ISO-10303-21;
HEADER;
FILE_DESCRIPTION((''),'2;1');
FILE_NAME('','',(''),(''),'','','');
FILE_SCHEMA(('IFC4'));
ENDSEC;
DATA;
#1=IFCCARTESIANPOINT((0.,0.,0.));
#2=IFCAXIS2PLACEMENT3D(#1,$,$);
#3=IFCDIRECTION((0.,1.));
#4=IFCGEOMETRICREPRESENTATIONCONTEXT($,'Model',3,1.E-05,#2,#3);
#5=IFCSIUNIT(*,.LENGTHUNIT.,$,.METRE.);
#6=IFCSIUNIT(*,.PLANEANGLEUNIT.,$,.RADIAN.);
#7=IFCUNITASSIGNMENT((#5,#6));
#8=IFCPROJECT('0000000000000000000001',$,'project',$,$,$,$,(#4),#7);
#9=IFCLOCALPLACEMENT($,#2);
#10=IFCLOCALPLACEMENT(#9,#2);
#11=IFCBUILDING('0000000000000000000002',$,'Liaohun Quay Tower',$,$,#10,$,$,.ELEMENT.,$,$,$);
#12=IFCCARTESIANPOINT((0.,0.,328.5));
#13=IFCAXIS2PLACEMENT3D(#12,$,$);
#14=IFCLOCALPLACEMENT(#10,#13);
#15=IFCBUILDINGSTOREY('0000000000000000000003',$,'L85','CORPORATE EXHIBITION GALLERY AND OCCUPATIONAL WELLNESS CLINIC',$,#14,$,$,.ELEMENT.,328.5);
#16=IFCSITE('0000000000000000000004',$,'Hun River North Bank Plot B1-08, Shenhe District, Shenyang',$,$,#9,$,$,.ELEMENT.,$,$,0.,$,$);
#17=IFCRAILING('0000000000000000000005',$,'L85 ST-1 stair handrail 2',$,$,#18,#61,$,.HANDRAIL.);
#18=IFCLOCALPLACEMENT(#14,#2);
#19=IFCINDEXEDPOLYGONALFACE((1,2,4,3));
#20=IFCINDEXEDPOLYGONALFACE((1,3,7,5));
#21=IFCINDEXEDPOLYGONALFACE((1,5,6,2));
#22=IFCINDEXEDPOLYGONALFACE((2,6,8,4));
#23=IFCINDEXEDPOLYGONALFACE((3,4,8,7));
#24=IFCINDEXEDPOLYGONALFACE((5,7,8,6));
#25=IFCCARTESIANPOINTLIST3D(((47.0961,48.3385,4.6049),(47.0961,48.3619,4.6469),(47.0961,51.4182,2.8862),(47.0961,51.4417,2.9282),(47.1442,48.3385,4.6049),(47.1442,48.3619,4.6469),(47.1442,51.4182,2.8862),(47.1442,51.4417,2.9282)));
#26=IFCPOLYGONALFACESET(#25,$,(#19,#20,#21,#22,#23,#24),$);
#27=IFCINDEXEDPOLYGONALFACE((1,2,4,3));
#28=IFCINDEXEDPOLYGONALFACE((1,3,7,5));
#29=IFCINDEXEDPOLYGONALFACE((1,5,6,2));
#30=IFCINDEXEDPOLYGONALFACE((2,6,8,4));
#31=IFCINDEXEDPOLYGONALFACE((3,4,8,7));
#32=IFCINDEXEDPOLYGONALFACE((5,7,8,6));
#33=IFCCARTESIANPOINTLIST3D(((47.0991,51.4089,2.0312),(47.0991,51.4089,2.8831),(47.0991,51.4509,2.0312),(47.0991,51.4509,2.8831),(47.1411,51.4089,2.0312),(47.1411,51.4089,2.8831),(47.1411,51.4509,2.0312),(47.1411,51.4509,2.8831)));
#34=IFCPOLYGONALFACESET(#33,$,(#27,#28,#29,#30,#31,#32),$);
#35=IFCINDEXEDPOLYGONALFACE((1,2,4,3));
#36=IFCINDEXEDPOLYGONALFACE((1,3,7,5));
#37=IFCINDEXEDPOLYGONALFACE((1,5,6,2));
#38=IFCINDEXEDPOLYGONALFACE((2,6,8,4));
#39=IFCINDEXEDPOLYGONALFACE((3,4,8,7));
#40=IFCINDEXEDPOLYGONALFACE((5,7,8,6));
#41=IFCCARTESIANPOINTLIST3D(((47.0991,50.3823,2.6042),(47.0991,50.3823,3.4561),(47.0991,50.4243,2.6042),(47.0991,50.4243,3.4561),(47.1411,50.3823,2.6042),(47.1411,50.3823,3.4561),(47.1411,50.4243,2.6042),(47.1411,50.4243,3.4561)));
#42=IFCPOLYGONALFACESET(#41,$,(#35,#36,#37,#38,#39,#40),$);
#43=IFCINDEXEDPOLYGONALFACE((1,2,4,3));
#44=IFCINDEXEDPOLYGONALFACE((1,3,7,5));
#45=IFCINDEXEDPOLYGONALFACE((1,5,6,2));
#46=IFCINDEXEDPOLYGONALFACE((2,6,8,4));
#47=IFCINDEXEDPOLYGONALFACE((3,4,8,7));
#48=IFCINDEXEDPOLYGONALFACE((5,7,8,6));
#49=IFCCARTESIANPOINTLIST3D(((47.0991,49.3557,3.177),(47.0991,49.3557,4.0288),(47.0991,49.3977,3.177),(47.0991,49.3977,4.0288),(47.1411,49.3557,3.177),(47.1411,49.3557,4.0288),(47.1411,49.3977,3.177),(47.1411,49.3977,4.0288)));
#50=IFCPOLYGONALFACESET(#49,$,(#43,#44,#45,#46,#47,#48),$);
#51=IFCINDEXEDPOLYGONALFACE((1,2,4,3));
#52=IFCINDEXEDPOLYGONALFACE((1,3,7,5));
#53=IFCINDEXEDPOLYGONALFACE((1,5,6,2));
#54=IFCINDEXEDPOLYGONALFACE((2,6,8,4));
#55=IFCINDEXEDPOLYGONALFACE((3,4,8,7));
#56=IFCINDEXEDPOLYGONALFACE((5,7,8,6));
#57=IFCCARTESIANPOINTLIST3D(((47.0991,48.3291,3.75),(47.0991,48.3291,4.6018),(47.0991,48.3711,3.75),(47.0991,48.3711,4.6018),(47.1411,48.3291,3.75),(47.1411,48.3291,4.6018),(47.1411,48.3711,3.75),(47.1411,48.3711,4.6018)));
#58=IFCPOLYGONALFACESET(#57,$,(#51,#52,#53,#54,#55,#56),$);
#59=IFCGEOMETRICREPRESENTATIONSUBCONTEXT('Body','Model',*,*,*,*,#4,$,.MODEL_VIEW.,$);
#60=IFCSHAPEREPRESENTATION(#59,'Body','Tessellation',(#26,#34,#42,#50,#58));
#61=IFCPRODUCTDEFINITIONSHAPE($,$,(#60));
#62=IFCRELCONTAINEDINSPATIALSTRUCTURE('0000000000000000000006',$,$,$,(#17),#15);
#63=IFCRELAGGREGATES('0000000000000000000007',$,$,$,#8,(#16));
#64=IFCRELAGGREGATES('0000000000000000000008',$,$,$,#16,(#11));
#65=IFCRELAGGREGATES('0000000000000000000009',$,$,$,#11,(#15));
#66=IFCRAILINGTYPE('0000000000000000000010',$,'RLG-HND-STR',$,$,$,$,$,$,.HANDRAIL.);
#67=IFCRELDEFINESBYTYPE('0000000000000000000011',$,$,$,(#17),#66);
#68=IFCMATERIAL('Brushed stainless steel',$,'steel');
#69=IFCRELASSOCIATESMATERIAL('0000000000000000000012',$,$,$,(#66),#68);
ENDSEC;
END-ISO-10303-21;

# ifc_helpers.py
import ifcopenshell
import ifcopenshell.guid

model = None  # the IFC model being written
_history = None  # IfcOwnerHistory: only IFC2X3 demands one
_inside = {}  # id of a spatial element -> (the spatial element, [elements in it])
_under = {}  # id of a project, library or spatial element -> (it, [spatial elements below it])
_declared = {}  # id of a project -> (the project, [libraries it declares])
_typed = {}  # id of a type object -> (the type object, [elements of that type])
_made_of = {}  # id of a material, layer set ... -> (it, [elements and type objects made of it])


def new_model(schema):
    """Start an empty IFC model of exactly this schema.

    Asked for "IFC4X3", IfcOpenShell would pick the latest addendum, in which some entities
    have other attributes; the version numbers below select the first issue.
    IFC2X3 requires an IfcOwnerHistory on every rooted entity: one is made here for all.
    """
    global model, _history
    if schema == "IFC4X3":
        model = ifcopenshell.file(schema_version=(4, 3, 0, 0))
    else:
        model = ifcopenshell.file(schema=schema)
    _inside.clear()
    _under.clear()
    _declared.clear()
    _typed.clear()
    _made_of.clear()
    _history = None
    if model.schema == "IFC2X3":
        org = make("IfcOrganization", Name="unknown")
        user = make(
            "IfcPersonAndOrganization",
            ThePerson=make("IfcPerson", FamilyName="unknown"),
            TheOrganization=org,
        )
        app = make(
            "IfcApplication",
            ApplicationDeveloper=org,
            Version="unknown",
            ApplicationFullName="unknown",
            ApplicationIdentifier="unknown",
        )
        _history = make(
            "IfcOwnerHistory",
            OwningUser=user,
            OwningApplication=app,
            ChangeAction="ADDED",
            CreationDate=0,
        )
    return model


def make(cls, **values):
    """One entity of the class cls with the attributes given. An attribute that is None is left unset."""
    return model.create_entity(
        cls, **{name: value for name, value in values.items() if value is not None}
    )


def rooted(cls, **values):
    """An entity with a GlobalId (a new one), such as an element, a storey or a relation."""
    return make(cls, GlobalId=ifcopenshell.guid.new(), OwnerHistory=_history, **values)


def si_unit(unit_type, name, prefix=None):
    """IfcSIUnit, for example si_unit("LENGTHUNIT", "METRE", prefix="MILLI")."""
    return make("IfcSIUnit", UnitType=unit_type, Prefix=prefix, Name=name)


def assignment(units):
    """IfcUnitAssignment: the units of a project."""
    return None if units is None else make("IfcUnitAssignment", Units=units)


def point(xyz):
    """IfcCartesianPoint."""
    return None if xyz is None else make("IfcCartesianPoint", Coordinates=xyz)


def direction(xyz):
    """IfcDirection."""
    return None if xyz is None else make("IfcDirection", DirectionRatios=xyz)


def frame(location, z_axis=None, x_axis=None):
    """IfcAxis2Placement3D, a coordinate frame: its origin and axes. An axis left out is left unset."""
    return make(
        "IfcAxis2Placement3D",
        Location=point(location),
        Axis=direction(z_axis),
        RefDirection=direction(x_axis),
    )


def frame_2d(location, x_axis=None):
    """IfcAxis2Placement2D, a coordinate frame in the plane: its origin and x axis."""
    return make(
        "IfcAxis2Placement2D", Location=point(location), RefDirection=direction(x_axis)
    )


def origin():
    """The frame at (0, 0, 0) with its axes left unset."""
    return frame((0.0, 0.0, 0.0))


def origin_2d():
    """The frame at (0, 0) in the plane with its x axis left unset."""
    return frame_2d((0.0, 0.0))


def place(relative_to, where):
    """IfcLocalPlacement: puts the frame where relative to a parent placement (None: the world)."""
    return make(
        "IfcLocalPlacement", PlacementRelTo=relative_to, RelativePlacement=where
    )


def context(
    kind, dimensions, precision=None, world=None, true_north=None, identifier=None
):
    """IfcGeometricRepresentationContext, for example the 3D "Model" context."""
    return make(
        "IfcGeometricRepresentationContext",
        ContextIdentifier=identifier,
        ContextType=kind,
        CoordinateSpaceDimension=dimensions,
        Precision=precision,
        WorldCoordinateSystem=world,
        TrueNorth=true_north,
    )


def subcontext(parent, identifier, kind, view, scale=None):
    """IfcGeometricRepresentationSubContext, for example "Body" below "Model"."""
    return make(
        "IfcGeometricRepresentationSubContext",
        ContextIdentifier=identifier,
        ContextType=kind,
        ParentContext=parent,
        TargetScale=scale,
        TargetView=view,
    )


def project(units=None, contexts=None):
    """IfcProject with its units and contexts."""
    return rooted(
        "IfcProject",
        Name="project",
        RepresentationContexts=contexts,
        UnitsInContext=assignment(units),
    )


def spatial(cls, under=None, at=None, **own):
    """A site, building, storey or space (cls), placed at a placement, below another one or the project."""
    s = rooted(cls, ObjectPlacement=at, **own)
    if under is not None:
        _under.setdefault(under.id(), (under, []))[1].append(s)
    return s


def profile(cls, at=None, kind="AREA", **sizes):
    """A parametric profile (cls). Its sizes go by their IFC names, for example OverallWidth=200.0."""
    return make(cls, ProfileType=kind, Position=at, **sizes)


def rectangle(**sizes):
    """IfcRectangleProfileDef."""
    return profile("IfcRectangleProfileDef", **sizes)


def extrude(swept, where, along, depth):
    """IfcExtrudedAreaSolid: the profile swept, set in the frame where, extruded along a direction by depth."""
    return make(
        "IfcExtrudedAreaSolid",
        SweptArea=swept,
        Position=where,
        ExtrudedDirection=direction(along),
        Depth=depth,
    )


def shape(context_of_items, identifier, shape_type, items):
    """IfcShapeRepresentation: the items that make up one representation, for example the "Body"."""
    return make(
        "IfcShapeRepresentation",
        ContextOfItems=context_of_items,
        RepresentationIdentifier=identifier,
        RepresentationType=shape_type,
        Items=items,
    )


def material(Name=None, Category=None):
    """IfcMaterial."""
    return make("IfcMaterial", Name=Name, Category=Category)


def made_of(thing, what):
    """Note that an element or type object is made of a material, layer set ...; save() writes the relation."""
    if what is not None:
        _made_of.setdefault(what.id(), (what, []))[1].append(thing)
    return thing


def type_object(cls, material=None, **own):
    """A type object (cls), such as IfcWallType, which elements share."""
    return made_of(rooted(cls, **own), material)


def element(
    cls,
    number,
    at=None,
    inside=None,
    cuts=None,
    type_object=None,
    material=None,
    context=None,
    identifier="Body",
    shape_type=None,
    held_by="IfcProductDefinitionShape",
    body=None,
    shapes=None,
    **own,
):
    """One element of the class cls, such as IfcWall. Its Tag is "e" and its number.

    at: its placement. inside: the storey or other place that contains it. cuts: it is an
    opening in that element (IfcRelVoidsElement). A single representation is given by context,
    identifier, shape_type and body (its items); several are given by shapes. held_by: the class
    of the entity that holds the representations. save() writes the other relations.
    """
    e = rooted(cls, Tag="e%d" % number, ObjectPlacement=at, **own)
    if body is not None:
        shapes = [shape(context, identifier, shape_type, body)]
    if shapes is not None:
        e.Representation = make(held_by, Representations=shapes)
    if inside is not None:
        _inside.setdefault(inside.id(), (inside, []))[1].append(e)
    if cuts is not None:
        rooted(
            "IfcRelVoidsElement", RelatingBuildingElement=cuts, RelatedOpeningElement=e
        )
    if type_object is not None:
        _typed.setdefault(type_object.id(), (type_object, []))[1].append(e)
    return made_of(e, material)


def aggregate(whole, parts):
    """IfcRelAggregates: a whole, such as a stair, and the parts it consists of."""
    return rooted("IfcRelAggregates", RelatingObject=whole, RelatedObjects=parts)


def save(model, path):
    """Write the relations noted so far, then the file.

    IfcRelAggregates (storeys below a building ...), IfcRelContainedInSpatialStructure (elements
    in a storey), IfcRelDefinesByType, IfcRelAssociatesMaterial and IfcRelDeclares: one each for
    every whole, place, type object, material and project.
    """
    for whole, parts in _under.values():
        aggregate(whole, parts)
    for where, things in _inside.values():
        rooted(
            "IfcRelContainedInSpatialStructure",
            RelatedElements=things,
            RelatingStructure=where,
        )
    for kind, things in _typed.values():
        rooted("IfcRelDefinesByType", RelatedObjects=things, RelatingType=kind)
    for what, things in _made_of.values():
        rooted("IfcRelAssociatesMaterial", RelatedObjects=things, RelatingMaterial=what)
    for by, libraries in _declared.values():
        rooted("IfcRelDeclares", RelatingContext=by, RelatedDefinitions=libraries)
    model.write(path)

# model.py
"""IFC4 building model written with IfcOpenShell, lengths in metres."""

from ifc_helpers import new_model, si_unit, direction, frame, origin, origin_2d, place, context, subcontext, project, spatial, rectangle, extrude, material, type_object, element, save


model = new_model("IFC4")

# Units and contexts
model_context = context("Model", 3, precision=1e-05, world=origin(), true_north=direction((0.0, 1.0)))
body_context = subcontext(model_context, "Body", "Model", "MODEL_VIEW")
ifc_project = project(units=[si_unit("LENGTHUNIT", "METRE"), si_unit("PLANEANGLEUNIT", "RADIAN")], contexts=[model_context])

# Site, building, storey
site_placement = place(None, origin())
site = spatial("IfcSite", under=ifc_project, at=site_placement, Name="Hun River North Bank Plot B1-08, Shenhe District, Shenyang", CompositionType="ELEMENT", RefElevation=0.0)
building_placement = place(site_placement, origin())
building = spatial("IfcBuilding", under=site, at=building_placement, Name="Liaohun Quay Tower", CompositionType="ELEMENT")
storey_placement = place(building_placement, frame((0.0, 0.0, 328.5)))
storey = spatial("IfcBuildingStorey", under=building, at=storey_placement, Name="L85", Description="CORPORATE EXHIBITION GALLERY AND OCCUPATIONAL WELLNESS CLINIC", CompositionType="ELEMENT", Elevation=328.5)

# Railing
ifc_material_1 = material(Name="Brushed stainless steel", Category="steel")
railing_type_1 = type_object("IfcRailingType", Name="RLG-HND-STR", PredefinedType="HANDRAIL", material=ifc_material_1)
railing_1_placement = place(storey_placement, frame((47.1201, 51.4299, 2.0312)))
element("IfcRailing", 1, at=railing_1_placement, inside=storey, type_object=railing_type_1, Name="L85 ST-1 stair handrail 2", PredefinedType="HANDRAIL", context=body_context, shape_type="SweptSolid", body=[
    extrude(rectangle(XDim=0.0481, YDim=0.0481, at=origin_2d()), frame((0.0, 0.0, 0.876), z_axis=(0.0, -0.873225, 0.487317), x_axis=(1.0, 0.0, 0.0)), (0.0, 0.0, 1.0), 3.5269),
    extrude(rectangle(XDim=0.042, YDim=0.042, at=origin_2d()), origin(), (0.0, 0.0, 1.0), 0.8518),
    extrude(rectangle(XDim=0.042, YDim=0.042, at=origin_2d()), frame((0.0, -1.0266, 0.573)), (0.0, 0.0, 1.0), 0.8518),
    extrude(rectangle(XDim=0.042, YDim=0.042, at=origin_2d()), frame((0.0, -2.0532, 1.1458)), (0.0, 0.0, 1.0), 0.8518),
    extrude(rectangle(XDim=0.042, YDim=0.042, at=origin_2d()), frame((0.0, -3.0798, 1.7188)), (0.0, 0.0, 1.0), 0.8518),
])

save(model, "model.ifc")
